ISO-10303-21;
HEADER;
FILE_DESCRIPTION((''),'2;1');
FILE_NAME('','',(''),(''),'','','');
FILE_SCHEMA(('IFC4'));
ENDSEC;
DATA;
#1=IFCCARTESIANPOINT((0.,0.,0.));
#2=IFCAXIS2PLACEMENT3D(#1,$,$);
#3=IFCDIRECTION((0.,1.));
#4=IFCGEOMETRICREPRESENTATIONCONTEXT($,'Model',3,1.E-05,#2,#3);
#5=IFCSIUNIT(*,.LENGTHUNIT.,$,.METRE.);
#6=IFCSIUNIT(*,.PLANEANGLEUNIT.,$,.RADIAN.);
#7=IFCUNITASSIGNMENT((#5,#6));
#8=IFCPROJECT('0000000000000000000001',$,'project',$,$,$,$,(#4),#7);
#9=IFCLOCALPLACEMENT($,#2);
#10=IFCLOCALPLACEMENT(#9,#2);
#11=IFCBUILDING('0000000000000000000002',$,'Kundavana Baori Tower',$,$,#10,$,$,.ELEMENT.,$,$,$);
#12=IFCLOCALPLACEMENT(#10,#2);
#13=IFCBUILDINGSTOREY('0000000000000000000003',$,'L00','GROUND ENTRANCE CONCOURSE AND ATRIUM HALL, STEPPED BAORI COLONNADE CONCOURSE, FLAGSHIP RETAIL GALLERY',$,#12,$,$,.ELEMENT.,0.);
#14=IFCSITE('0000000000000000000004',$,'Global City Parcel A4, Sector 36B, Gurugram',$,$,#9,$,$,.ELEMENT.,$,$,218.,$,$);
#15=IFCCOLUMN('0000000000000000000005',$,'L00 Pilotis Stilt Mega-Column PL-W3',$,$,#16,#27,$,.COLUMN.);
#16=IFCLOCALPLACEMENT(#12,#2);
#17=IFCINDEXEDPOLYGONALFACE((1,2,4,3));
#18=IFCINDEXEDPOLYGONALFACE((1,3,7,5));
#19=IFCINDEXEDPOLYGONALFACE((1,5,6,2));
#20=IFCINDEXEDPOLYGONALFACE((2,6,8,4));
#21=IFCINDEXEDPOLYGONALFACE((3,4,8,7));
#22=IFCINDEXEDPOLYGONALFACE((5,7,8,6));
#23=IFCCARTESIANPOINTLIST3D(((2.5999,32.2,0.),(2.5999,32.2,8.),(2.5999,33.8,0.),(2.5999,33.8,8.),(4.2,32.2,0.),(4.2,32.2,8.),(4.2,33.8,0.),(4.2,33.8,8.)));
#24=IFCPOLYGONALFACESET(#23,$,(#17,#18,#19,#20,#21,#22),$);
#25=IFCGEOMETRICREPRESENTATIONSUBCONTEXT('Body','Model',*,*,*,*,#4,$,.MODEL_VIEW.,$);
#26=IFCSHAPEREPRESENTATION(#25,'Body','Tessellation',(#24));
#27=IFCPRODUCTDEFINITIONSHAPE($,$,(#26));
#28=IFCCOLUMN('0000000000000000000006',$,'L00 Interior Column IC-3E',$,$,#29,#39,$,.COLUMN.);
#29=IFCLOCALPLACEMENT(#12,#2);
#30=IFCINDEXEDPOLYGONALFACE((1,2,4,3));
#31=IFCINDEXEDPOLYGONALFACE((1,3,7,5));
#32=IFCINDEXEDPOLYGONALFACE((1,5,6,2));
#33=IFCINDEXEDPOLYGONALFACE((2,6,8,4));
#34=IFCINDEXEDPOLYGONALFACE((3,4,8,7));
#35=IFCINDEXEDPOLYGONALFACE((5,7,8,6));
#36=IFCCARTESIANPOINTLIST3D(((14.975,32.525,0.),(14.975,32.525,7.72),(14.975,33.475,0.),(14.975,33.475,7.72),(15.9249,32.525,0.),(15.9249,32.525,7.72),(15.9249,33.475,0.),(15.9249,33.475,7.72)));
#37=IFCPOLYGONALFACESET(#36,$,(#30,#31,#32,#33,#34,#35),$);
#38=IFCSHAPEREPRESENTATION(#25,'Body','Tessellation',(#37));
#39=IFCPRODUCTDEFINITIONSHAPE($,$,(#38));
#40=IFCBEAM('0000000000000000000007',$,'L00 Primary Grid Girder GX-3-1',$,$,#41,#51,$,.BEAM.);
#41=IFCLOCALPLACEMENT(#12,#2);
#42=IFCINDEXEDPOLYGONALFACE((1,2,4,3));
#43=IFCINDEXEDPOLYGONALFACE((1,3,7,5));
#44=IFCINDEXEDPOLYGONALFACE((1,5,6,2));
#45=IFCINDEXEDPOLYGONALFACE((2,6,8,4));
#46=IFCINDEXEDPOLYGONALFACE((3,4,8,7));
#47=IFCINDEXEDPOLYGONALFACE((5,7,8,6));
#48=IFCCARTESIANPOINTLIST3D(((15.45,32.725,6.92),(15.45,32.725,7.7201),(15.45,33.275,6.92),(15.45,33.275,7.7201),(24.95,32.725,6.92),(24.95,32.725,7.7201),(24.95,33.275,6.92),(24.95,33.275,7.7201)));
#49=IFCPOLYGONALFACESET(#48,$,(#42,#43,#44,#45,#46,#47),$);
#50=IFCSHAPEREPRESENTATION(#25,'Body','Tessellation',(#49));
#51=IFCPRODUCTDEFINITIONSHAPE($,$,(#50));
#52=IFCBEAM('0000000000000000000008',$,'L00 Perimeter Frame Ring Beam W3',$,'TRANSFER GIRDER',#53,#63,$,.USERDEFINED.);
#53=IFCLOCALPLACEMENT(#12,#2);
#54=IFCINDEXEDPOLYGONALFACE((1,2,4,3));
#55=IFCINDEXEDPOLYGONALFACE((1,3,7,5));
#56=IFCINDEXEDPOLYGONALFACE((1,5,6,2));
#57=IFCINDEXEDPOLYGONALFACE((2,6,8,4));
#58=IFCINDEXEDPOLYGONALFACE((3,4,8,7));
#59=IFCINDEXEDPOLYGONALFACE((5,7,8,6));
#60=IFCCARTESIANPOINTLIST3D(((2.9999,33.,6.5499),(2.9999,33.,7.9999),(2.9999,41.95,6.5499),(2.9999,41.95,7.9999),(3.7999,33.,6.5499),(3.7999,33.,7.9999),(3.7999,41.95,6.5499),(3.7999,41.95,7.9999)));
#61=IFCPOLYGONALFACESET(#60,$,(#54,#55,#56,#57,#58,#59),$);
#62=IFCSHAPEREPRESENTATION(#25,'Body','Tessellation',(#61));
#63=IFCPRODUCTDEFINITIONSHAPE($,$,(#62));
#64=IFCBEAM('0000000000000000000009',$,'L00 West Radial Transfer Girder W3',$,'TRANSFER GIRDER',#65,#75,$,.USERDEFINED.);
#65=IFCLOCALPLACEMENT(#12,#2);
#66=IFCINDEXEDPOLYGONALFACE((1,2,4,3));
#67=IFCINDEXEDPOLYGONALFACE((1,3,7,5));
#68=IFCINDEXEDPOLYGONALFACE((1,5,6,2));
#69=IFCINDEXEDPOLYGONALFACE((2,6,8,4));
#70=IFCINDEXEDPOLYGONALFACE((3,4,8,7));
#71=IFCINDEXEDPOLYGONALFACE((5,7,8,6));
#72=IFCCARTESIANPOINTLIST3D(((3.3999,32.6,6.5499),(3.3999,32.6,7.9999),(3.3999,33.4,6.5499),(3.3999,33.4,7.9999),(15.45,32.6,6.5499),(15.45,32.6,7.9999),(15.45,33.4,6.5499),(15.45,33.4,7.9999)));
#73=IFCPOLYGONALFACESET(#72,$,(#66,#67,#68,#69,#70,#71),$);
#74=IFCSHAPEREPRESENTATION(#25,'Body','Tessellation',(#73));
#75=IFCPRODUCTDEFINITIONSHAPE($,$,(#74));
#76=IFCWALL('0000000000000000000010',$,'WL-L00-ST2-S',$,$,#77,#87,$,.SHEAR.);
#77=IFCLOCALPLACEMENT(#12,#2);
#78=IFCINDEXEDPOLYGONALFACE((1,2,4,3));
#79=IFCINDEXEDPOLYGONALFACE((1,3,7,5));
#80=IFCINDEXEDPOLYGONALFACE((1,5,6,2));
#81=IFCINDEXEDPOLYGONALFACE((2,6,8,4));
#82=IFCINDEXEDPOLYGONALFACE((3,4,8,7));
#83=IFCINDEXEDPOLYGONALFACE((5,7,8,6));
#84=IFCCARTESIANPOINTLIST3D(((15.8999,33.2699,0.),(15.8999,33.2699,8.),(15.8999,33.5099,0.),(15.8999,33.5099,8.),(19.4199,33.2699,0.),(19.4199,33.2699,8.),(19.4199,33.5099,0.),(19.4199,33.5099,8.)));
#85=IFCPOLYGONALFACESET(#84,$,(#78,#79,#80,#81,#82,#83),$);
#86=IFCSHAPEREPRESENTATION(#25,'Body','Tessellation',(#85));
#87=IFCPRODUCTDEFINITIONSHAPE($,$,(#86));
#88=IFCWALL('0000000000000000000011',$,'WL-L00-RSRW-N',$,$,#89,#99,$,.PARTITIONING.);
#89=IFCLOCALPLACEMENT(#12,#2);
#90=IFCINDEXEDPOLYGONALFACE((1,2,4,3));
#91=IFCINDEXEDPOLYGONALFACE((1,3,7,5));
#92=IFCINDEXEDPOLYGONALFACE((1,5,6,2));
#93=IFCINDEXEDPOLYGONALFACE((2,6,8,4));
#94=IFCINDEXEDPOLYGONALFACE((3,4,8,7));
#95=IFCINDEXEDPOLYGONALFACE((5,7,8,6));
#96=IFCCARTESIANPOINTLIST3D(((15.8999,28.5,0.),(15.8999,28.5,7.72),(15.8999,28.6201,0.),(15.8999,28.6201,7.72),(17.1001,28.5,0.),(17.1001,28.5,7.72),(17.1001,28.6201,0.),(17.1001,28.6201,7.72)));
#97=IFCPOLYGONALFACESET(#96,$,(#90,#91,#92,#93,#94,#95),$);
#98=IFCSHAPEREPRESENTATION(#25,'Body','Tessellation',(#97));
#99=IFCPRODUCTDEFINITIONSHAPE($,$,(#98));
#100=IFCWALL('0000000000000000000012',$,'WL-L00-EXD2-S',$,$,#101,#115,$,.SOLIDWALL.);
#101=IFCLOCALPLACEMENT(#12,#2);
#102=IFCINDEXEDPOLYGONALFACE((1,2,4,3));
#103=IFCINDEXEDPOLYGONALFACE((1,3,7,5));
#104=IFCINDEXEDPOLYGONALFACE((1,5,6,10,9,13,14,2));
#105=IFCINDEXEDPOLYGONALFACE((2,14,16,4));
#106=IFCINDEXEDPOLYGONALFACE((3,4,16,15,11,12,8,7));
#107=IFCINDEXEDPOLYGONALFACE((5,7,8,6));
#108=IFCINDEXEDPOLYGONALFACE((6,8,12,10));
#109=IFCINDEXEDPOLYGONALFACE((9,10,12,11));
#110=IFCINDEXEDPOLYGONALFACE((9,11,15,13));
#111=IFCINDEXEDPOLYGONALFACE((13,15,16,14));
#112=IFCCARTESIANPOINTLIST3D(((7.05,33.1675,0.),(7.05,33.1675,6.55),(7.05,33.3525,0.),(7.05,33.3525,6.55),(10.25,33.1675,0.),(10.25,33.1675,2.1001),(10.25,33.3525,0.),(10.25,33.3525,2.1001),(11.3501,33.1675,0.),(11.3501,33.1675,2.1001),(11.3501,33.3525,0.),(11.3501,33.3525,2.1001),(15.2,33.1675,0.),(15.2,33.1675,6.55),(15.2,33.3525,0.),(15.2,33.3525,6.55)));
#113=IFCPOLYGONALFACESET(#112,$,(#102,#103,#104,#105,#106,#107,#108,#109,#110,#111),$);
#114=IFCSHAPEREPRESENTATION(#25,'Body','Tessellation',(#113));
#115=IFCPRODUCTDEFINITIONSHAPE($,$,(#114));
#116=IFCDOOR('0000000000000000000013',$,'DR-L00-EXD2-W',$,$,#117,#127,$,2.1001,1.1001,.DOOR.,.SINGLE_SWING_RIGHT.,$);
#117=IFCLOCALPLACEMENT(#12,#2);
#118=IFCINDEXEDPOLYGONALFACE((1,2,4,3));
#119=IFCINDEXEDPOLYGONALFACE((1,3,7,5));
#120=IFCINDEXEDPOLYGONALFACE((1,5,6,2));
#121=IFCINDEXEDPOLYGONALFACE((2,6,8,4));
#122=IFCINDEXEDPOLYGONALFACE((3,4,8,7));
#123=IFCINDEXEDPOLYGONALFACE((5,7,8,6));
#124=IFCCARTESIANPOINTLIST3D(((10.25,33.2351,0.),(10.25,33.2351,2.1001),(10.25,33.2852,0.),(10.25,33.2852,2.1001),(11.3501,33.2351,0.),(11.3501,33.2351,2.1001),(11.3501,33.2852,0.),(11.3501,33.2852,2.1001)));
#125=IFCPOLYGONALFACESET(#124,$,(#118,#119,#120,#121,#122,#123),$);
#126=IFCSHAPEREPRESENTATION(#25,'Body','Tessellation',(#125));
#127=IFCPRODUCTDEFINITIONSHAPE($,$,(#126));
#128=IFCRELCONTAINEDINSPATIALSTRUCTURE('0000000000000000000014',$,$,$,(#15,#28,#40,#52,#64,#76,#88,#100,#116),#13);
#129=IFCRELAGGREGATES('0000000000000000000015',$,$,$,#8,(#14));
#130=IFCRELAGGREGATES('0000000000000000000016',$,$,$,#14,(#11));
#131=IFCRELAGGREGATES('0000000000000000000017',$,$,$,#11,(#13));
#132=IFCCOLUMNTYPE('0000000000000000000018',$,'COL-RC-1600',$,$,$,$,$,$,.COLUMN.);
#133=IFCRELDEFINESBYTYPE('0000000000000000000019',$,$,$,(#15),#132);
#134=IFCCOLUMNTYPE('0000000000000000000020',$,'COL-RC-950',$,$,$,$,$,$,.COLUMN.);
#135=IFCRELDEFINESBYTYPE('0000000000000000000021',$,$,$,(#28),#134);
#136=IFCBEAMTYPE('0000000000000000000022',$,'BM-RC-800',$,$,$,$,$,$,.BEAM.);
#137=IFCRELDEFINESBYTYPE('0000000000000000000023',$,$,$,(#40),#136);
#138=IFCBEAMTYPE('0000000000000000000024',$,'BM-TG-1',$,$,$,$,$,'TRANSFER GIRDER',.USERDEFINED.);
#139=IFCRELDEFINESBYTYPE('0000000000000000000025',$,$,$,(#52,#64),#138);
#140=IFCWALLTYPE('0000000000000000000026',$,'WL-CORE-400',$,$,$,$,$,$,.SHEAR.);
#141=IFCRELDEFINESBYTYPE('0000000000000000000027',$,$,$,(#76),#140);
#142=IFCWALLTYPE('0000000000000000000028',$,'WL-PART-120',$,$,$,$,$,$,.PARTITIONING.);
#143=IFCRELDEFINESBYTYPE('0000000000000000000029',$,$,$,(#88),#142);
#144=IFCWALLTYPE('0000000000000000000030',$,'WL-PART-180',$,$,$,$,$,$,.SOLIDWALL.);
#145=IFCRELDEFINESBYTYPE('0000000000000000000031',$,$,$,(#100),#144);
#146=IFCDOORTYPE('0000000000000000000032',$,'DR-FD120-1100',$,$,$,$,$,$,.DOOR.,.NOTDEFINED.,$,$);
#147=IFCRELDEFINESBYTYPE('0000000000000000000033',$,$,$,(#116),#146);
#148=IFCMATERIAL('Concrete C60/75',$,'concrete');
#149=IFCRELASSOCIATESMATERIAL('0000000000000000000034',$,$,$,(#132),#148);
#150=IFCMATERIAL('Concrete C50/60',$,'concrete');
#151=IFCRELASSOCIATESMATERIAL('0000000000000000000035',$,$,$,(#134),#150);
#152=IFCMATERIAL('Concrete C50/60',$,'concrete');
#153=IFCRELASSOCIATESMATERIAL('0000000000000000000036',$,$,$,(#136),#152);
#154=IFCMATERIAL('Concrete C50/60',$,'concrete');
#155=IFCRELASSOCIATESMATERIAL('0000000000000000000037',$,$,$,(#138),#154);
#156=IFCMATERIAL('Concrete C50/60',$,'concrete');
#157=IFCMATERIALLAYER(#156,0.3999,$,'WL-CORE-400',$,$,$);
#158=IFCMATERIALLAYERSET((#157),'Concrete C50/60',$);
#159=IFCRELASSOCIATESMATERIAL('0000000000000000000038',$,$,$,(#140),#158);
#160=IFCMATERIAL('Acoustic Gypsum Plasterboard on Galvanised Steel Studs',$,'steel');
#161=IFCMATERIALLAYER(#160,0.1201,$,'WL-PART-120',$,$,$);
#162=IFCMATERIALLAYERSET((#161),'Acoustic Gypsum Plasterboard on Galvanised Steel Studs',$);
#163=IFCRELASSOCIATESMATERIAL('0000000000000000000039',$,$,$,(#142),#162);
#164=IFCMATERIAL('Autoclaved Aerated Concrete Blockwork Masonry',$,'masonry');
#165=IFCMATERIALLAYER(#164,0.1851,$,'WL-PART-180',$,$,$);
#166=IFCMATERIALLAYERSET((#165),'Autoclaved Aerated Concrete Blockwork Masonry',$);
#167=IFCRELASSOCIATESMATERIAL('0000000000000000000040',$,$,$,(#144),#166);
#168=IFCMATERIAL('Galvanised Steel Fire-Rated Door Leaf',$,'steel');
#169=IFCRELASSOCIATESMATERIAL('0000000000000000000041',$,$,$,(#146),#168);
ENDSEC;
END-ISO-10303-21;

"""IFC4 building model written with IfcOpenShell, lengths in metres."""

from ifc_helpers import new_model, si_unit, direction, frame, frame_2d, origin, origin_2d, place, context, subcontext, project, spatial, rectangle, extrude, material, layer, layer_set, material_profile, profile_set, type_object, element, fill, save


model = new_model("IFC4")

# Units and contexts
model_context = context("Model", 3, precision=1e-05, world=origin(), true_north=direction((0.0, 1.0)))
body_context = subcontext(model_context, "Body", "Model", "MODEL_VIEW")
ifc_project = project(units=[si_unit("LENGTHUNIT", "METRE"), si_unit("PLANEANGLEUNIT", "RADIAN")], contexts=[model_context])

# Site, building, storey
site_placement = place(None, origin())
site = spatial("IfcSite", under=ifc_project, at=site_placement, Name="Global City Parcel A4, Sector 36B, Gurugram", CompositionType="ELEMENT", RefElevation=218.0)
building_placement = place(site_placement, origin())
building = spatial("IfcBuilding", under=site, at=building_placement, Name="Kundavana Baori Tower", CompositionType="ELEMENT")
storey_placement = place(building_placement, origin())
storey = spatial("IfcBuildingStorey", under=building, at=storey_placement, Name="L00", Description="GROUND ENTRANCE CONCOURSE AND ATRIUM HALL, STEPPED BAORI COLONNADE CONCOURSE, FLAGSHIP RETAIL GALLERY", CompositionType="ELEMENT", Elevation=0.0)

# Columns
ifc_material_1 = material(Name="Concrete C60/75", Category="concrete")
ifc_material_profile_1 = material_profile(ifc_material_1, rectangle(XDim=1.6001, YDim=1.6001, at=origin_2d()), Name="RC 1600x1600")
ifc_profile_set_1 = profile_set([ifc_material_profile_1], Name="Concrete C60/75")
column_type_1 = type_object("IfcColumnType", Name="COL-RC-1600", PredefinedType="COLUMN", material=ifc_profile_set_1)
column_1_placement = place(storey_placement, frame((3.3999, 33.0, 0.0), z_axis=(0.0, 0.0, 1.0), x_axis=(1.0, 0.0, 0.0)))
element("IfcColumn", 1, at=column_1_placement, inside=storey, type_object=column_type_1, Name="L00 Pilotis Stilt Mega-Column PL-W3", PredefinedType="COLUMN", context=body_context, shape_type="SweptSolid", body=[
    extrude(rectangle(XDim=1.6001, YDim=1.6001, at=origin_2d()), origin(), (0.0, 0.0, 1.0), 8.0),
])
ifc_material_2 = material(Name="Concrete C50/60", Category="concrete")
ifc_material_profile_2 = material_profile(ifc_material_2, rectangle(XDim=0.95, YDim=0.95, at=origin_2d()), Name="RC 950x950")
ifc_profile_set_2 = profile_set([ifc_material_profile_2], Name="Concrete C50/60")
column_type_2 = type_object("IfcColumnType", Name="COL-RC-950", PredefinedType="COLUMN", material=ifc_profile_set_2)
column_2_placement = place(storey_placement, frame((15.45, 33.0, 0.0), z_axis=(0.0, 0.0, 1.0), x_axis=(1.0, 0.0, 0.0)))
element("IfcColumn", 2, at=column_2_placement, inside=storey, type_object=column_type_2, Name="L00 Interior Column IC-3E", PredefinedType="COLUMN", context=body_context, shape_type="SweptSolid", body=[
    extrude(rectangle(XDim=0.95, YDim=0.95, at=origin_2d()), origin(), (0.0, 0.0, 1.0), 7.72),
])

# Beams
ifc_material_3 = material(Name="Concrete C50/60", Category="concrete")
ifc_material_profile_3 = material_profile(ifc_material_3, rectangle(XDim=0.55, YDim=0.8, at=origin_2d()), Name="RC BM 550x800")
ifc_profile_set_3 = profile_set([ifc_material_profile_3], Name="Concrete C50/60")
beam_type_1 = type_object("IfcBeamType", Name="BM-RC-800", PredefinedType="BEAM", material=ifc_profile_set_3)
beam_1_placement = place(storey_placement, frame((15.45, 33.0, 7.3201), z_axis=(1.0, 0.0, 0.0), x_axis=(0.0, 1.0, 0.0)))
element("IfcBeam", 3, at=beam_1_placement, inside=storey, type_object=beam_type_1, Name="L00 Primary Grid Girder GX-3-1", PredefinedType="BEAM", context=body_context, shape_type="SweptSolid", body=[
    extrude(rectangle(XDim=0.55, YDim=0.8, at=origin_2d()), origin(), (0.0, 0.0, 1.0), 9.5),
])
ifc_material_4 = material(Name="Concrete C50/60", Category="concrete")
ifc_material_profile_4 = material_profile(ifc_material_4, rectangle(XDim=0.8, YDim=1.45, at=origin_2d()), Name="BM-TG-1")
ifc_profile_set_4 = profile_set([ifc_material_profile_4], Name="Concrete C50/60")
beam_type_2 = type_object("IfcBeamType", Name="BM-TG-1", ElementType="TRANSFER GIRDER", PredefinedType="USERDEFINED", material=ifc_profile_set_4)
beam_2_placement = place(storey_placement, frame((3.3999, 33.0, 7.2749), z_axis=(0.0, 1.0, 0.0), x_axis=(-1.0, 0.0, 0.0)))
element("IfcBeam", 4, at=beam_2_placement, inside=storey, type_object=beam_type_2, Name="L00 Perimeter Frame Ring Beam W3", ObjectType="TRANSFER GIRDER", PredefinedType="USERDEFINED", context=body_context, shape_type="SweptSolid", body=[
    extrude(rectangle(XDim=0.8, YDim=1.45, at=origin_2d()), origin(), (0.0, 0.0, 1.0), 8.95),
])
beam_3_placement = place(storey_placement, frame((15.45, 33.0, 7.2749), z_axis=(-1.0, 0.0, 0.0), x_axis=(0.0, -1.0, 0.0)))
element("IfcBeam", 5, at=beam_3_placement, inside=storey, type_object=beam_type_2, Name="L00 West Radial Transfer Girder W3", ObjectType="TRANSFER GIRDER", PredefinedType="USERDEFINED", context=body_context, shape_type="SweptSolid", body=[
    extrude(rectangle(XDim=0.8, YDim=1.45, at=origin_2d()), origin(), (0.0, 0.0, 1.0), 12.05),
])

# Walls
ifc_material_5 = material(Name="Concrete C50/60", Category="concrete")
ifc_layer_1 = layer(ifc_material_5, 0.3999, Name="WL-CORE-400")
ifc_layer_set_1 = layer_set([ifc_layer_1], Name="Concrete C50/60")
wall_type_1 = type_object("IfcWallType", Name="WL-CORE-400", PredefinedType="SHEAR", material=ifc_layer_set_1)
wall_1_placement = place(storey_placement, frame((15.8999, 33.3899, 0.0), z_axis=(0.0, 0.0, 1.0), x_axis=(1.0, 0.0, 0.0)))
element("IfcWall", 6, at=wall_1_placement, inside=storey, type_object=wall_type_1, Name="WL-L00-ST2-S", PredefinedType="SHEAR", context=body_context, shape_type="SweptSolid", body=[
    extrude(rectangle(XDim=3.52, YDim=0.24, at=frame_2d((1.76, 0.0))), origin(), (0.0, 0.0, 1.0), 8.0),
])
ifc_material_6 = material(Name="Acoustic Gypsum Plasterboard on Galvanised Steel Studs", Category="steel")
ifc_layer_2 = layer(ifc_material_6, 0.1201, Name="WL-PART-120")
ifc_layer_set_2 = layer_set([ifc_layer_2], Name="Acoustic Gypsum Plasterboard on Galvanised Steel Studs")
wall_type_2 = type_object("IfcWallType", Name="WL-PART-120", PredefinedType="PARTITIONING", material=ifc_layer_set_2)
wall_2_placement = place(storey_placement, frame((15.8999, 28.5601, 0.0), z_axis=(0.0, 0.0, 1.0), x_axis=(1.0, 0.0, 0.0)))
element("IfcWall", 7, at=wall_2_placement, inside=storey, type_object=wall_type_2, Name="WL-L00-RSRW-N", PredefinedType="PARTITIONING", context=body_context, shape_type="SweptSolid", body=[
    extrude(rectangle(XDim=1.2002, YDim=0.1201, at=frame_2d((0.6001, 0.0))), origin(), (0.0, 0.0, 1.0), 7.72),
])

# Wall, opening, door
ifc_material_7 = material(Name="Autoclaved Aerated Concrete Blockwork Masonry", Category="masonry")
ifc_layer_3 = layer(ifc_material_7, 0.1851, Name="WL-PART-180")
ifc_layer_set_3 = layer_set([ifc_layer_3], Name="Autoclaved Aerated Concrete Blockwork Masonry")
wall_type_3 = type_object("IfcWallType", Name="WL-PART-180", PredefinedType="SOLIDWALL", material=ifc_layer_set_3)
wall_3_placement = place(storey_placement, frame((7.05, 33.26, 0.0), z_axis=(0.0, 0.0, 1.0), x_axis=(1.0, 0.0, 0.0)))
wall_3 = element("IfcWall", 8, at=wall_3_placement, inside=storey, type_object=wall_type_3, Name="WL-L00-EXD2-S", PredefinedType="SOLIDWALL", context=body_context, shape_type="SweptSolid", body=[
    extrude(rectangle(XDim=8.1499, YDim=0.1851, at=frame_2d((4.075, 0.0))), origin(), (0.0, 0.0, 1.0), 6.55),
])
opening_1_placement = place(wall_3_placement, frame((3.2, 0.0, 0.0)))
opening_1 = element("IfcOpeningElement", 9, at=opening_1_placement, cuts=wall_3, PredefinedType="OPENING", context=body_context, shape_type="SweptSolid", body=[
    extrude(rectangle(XDim=1.1001, YDim=2.1001, at=frame_2d((0.55, 1.05))), frame((0.0, 0.1025, 0.0), z_axis=(0.0, -1.0, 0.0), x_axis=(1.0, 0.0, 0.0)), (0.0, 0.0, 1.0), 0.2051),
])
ifc_material_8 = material(Name="Galvanised Steel Fire-Rated Door Leaf", Category="steel")
door_type_1 = type_object("IfcDoorType", Name="DR-FD120-1100", OperationType="NOTDEFINED", PredefinedType="DOOR", material=ifc_material_8)
door_1_placement = place(opening_1_placement, frame((1.1001, 0.0, 0.0), z_axis=(0.0, 0.0, 1.0), x_axis=(-1.0, 0.0, 0.0)))
door_1 = element("IfcDoor", 10, at=door_1_placement, inside=storey, type_object=door_type_1, Name="DR-L00-EXD2-W", OperationType="SINGLE_SWING_RIGHT", OverallHeight=2.1001, OverallWidth=1.1001, PredefinedType="DOOR", context=body_context, shape_type="SweptSolid", body=[
    extrude(rectangle(XDim=1.1001, YDim=2.1001, at=frame_2d((0.55, 1.05))), frame((0.0, 0.0249, 0.0), z_axis=(0.0, -1.0, 0.0), x_axis=(1.0, 0.0, 0.0)), (0.0, 0.0, 1.0), 0.05),
])
fill(opening_1, door_1)

save(model, "model.ifc")
